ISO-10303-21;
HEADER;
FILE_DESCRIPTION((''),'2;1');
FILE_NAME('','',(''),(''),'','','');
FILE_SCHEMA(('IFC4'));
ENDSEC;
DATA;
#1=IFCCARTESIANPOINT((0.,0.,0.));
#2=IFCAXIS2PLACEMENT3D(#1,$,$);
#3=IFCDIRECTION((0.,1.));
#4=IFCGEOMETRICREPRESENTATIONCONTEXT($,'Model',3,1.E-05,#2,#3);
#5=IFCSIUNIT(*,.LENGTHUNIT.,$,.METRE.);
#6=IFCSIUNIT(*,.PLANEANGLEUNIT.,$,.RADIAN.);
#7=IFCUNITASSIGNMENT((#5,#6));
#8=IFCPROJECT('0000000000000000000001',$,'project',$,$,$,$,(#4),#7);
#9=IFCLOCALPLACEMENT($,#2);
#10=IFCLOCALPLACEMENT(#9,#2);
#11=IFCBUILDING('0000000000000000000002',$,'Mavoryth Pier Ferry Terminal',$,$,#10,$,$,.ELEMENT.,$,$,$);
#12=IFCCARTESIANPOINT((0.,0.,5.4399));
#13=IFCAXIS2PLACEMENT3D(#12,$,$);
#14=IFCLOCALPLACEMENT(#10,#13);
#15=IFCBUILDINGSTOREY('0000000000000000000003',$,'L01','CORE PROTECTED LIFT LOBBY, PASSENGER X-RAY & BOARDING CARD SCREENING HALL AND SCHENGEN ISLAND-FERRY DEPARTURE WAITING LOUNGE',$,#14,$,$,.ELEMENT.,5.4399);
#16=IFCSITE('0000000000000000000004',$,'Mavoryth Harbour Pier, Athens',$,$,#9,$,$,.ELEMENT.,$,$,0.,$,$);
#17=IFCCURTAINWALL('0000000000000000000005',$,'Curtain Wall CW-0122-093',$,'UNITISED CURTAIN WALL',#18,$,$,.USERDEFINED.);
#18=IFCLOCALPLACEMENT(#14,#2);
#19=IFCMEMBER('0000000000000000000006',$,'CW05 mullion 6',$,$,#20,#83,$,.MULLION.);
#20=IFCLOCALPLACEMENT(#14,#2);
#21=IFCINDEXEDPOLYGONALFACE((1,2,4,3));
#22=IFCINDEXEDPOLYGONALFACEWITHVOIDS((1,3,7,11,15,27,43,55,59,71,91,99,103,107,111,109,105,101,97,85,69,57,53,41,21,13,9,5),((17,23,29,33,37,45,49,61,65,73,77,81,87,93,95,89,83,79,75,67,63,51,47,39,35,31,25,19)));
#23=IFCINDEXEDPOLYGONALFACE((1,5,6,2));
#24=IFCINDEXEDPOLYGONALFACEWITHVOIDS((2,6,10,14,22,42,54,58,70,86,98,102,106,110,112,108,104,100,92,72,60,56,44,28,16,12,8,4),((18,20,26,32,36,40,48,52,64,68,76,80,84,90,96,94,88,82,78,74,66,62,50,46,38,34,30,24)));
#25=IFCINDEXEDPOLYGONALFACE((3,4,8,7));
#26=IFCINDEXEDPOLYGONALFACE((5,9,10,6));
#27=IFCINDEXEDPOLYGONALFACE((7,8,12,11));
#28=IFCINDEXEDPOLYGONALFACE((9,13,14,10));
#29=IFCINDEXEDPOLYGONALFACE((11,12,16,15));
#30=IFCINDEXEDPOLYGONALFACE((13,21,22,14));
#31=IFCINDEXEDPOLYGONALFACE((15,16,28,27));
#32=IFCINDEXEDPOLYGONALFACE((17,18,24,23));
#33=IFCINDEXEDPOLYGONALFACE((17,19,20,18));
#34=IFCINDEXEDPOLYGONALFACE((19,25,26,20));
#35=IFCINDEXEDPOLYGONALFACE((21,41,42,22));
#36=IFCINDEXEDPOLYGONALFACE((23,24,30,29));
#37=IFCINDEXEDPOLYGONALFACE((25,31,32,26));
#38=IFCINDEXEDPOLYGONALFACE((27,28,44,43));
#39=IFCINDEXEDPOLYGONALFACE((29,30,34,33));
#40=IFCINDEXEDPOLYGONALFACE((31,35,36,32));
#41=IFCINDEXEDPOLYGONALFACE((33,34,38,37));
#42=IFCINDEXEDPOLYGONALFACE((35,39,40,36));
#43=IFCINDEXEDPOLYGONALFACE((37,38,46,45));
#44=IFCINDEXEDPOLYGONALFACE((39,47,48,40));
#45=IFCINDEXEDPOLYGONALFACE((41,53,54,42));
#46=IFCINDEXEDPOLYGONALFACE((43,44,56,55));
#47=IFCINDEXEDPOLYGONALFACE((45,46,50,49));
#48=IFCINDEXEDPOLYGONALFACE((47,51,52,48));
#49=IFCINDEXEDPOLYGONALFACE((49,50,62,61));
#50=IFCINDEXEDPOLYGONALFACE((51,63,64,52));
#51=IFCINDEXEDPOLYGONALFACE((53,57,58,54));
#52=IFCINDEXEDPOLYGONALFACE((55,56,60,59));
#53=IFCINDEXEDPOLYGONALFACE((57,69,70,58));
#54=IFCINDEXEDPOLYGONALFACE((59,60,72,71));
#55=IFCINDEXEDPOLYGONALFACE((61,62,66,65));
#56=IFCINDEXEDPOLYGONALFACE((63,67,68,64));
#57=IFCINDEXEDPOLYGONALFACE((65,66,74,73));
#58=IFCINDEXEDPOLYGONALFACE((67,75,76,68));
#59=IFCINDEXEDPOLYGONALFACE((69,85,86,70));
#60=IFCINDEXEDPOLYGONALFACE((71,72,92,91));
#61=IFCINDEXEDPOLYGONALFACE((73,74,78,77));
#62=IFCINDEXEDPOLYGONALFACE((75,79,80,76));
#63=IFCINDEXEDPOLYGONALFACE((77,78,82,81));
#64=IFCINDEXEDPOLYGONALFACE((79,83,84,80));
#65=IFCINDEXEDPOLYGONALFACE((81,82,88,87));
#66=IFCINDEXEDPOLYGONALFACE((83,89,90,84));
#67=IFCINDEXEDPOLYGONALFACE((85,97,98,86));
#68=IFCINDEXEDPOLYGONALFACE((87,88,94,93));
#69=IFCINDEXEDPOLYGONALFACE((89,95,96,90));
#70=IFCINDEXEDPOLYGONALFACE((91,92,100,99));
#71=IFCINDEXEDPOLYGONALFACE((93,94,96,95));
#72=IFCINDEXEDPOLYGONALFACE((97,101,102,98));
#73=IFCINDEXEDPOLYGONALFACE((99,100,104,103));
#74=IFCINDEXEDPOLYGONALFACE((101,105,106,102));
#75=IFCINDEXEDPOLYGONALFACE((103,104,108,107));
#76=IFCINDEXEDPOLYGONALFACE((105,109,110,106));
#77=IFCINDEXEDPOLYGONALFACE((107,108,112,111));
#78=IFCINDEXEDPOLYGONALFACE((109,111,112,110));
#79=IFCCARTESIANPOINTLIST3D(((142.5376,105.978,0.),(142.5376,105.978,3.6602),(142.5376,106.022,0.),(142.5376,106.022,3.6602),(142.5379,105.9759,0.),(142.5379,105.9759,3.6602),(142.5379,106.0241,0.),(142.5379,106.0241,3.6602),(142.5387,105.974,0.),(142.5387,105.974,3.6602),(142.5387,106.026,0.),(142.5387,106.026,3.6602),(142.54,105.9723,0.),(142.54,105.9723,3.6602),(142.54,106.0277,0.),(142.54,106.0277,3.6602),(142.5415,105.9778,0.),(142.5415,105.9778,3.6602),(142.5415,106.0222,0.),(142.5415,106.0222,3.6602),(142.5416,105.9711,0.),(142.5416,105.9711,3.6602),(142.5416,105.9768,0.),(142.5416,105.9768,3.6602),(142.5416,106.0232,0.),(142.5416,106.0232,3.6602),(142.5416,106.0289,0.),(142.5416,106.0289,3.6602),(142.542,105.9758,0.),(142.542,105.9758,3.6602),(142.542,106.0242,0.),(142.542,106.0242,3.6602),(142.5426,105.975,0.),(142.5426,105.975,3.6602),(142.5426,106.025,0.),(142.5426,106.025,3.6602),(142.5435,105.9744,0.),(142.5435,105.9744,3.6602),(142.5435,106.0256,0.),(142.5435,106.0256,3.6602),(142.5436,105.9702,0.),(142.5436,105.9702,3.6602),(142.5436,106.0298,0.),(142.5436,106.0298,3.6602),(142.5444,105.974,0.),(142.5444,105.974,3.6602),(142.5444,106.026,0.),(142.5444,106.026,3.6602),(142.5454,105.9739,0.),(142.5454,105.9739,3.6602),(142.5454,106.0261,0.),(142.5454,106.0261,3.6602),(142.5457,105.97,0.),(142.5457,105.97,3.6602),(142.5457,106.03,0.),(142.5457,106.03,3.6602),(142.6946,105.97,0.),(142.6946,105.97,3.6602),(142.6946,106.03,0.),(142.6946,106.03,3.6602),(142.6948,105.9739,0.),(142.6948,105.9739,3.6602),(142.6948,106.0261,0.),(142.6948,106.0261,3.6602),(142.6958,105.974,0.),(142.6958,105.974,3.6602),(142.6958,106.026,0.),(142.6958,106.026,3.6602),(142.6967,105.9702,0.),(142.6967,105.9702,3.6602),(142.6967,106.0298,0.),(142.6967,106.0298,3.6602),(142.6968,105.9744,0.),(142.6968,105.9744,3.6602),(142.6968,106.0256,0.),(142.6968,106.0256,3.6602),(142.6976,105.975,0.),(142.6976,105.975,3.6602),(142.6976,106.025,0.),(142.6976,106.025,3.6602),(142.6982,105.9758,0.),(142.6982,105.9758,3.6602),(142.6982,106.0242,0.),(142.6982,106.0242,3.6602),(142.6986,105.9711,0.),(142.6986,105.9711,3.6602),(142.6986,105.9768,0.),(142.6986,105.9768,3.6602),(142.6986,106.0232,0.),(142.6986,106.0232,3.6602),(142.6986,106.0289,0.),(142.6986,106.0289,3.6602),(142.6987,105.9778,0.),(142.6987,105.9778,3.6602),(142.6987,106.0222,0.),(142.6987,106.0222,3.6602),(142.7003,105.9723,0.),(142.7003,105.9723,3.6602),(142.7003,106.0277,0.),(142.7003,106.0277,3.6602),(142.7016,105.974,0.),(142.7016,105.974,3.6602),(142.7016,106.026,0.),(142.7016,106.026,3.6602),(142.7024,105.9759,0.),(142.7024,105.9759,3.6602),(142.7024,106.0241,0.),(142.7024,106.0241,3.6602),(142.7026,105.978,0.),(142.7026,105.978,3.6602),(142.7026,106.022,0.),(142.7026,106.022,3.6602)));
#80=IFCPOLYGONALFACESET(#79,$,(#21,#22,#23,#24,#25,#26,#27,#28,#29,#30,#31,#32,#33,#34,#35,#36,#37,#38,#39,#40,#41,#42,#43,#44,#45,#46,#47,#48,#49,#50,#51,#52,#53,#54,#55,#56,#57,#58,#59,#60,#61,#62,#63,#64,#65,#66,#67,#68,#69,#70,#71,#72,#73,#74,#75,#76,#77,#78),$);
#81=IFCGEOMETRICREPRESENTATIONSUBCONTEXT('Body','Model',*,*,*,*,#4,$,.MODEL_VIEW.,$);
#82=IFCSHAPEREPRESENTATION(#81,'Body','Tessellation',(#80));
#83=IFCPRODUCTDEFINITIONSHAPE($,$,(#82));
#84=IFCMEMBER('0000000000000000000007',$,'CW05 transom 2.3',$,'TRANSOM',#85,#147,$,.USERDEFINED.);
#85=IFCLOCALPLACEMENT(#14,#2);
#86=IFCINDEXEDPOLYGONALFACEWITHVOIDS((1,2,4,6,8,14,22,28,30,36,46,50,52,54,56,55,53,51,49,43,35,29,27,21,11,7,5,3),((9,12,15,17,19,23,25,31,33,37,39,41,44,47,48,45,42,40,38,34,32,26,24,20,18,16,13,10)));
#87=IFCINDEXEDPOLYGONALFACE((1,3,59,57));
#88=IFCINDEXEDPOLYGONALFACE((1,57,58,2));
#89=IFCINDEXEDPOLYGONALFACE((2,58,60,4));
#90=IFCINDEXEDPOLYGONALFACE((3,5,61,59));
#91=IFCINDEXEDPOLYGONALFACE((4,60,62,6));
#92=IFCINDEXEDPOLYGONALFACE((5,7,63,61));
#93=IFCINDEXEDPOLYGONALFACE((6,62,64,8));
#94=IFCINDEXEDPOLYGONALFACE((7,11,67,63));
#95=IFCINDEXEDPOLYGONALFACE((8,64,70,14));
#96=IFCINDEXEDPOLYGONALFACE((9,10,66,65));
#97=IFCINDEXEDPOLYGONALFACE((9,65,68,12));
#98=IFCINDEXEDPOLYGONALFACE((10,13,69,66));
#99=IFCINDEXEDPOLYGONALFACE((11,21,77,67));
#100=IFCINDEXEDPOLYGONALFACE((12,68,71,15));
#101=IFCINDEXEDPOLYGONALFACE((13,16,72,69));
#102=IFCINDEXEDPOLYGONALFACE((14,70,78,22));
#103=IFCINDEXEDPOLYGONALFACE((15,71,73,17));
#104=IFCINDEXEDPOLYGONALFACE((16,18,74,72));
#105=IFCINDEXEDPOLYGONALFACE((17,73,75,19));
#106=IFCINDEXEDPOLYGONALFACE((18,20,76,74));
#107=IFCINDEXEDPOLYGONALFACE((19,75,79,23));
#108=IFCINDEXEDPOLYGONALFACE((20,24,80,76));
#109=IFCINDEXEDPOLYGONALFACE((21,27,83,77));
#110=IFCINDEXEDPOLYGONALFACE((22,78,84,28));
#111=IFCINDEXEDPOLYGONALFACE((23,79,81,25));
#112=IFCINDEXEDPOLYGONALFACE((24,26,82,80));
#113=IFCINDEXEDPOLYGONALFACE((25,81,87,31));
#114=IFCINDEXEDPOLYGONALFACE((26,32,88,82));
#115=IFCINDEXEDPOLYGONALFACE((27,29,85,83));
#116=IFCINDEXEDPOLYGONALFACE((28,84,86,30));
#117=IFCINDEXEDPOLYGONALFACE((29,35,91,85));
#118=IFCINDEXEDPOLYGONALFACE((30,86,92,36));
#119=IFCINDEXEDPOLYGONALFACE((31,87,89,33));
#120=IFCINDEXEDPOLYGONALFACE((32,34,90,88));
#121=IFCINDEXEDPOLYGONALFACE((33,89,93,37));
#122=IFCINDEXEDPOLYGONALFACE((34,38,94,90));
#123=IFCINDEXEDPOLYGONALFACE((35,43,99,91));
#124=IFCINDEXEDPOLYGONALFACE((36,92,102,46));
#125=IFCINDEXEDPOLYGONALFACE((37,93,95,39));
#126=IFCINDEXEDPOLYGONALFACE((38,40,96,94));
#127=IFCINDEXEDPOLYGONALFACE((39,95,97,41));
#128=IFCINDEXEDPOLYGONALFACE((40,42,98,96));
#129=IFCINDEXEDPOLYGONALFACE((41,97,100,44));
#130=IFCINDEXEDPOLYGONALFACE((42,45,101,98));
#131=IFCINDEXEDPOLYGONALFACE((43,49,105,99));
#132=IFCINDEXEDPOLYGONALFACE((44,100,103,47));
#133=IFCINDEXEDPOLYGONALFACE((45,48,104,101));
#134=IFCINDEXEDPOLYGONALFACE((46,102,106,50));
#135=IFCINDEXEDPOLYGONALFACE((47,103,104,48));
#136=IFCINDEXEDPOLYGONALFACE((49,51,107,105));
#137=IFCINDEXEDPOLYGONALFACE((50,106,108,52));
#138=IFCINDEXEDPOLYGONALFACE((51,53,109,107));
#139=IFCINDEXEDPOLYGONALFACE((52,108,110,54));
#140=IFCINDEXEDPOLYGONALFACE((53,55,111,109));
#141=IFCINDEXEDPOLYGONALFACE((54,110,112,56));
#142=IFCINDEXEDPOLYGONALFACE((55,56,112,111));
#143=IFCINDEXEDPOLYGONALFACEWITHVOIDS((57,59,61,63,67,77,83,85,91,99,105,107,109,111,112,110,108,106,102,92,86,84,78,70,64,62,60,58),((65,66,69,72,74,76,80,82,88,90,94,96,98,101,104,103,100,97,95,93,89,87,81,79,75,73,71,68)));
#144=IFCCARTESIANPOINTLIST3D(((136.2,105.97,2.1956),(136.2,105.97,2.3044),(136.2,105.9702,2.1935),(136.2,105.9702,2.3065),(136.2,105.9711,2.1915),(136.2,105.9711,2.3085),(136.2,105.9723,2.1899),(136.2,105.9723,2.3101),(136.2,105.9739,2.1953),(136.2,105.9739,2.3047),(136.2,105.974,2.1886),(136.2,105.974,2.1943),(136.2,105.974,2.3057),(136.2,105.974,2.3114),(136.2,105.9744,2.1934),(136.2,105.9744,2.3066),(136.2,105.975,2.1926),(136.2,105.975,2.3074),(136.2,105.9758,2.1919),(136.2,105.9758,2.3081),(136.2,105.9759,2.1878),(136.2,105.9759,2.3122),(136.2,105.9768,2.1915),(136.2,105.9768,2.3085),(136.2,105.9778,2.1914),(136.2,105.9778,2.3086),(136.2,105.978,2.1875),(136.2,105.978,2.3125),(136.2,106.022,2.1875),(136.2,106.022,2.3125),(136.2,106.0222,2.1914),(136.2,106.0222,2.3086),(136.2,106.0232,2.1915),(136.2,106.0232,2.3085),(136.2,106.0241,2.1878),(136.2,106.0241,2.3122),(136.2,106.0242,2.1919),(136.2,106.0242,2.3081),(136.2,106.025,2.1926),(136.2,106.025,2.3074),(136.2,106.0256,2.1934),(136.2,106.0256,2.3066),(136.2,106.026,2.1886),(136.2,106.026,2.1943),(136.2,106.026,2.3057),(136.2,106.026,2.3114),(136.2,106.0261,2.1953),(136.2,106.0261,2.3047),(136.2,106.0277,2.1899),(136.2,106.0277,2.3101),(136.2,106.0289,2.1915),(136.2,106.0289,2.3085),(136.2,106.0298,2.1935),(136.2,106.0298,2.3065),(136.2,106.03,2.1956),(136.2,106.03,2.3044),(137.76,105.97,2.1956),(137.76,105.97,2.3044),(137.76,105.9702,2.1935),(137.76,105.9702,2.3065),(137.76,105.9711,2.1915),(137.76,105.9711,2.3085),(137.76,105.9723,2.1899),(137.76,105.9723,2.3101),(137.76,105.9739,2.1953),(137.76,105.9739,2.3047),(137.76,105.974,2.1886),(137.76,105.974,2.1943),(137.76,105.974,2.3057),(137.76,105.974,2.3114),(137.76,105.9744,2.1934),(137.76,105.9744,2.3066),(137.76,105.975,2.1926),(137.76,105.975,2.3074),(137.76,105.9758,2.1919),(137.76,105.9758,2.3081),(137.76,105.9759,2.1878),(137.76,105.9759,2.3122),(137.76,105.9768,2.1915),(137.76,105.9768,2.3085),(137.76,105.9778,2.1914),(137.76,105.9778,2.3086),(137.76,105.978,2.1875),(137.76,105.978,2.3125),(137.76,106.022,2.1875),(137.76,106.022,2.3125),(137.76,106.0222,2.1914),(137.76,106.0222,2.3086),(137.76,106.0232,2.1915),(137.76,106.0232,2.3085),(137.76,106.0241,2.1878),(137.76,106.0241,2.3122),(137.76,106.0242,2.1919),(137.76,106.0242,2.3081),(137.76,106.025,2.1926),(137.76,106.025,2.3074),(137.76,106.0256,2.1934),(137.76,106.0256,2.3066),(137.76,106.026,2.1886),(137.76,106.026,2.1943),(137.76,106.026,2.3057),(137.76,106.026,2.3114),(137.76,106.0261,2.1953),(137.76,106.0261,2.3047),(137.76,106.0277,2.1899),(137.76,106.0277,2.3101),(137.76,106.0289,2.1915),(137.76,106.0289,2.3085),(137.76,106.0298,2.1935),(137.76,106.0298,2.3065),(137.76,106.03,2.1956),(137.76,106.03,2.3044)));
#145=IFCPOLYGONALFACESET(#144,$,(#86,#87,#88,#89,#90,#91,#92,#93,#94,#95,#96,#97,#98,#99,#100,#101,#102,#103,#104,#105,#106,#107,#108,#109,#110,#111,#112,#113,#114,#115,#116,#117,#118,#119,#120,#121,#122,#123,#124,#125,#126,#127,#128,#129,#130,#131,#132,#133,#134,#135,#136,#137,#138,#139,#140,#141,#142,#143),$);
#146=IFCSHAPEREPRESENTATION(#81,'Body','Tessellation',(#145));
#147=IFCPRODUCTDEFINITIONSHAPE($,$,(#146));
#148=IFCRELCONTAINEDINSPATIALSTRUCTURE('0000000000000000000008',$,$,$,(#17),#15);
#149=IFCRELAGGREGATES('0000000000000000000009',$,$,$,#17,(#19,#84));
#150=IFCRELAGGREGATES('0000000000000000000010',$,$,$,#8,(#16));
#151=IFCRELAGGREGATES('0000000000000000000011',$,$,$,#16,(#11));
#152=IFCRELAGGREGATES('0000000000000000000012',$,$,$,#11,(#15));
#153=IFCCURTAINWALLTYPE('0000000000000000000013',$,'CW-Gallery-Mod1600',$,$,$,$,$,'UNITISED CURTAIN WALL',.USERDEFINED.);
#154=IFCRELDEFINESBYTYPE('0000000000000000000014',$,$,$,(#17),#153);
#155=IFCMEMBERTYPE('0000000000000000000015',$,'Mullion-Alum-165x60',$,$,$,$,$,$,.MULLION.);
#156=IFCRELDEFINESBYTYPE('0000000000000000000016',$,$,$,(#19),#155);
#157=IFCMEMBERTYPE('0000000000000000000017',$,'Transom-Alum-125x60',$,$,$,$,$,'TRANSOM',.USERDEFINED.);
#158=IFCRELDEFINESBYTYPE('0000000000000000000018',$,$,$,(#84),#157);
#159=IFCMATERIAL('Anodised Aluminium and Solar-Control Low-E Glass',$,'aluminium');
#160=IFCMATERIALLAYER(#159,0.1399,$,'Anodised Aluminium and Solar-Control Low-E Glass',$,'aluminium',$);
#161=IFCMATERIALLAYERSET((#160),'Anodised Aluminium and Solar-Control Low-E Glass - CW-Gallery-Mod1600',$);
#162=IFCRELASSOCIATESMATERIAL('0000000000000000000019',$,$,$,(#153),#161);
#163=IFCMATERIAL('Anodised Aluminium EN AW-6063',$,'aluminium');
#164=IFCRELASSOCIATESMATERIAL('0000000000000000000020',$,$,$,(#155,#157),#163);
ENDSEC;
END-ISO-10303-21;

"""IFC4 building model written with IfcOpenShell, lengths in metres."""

from ifc_helpers import new_model, si_unit, direction, frame, origin, origin_2d, place, context, subcontext, project, spatial, hollow_rectangle, extrude, material, layer, layer_set, material_profile, profile_set, type_object, element, aggregate, save


model = new_model("IFC4")

# Units and contexts
model_context = context("Model", 3, precision=1e-05, world=origin(), true_north=direction((0.0, 1.0)))
body_context = subcontext(model_context, "Body", "Model", "MODEL_VIEW")
ifc_project = project(units=[si_unit("LENGTHUNIT", "METRE"), si_unit("PLANEANGLEUNIT", "RADIAN")], contexts=[model_context])

# Site, building, storey
site_placement = place(None, origin())
site = spatial("IfcSite", under=ifc_project, at=site_placement, Name="Mavoryth Harbour Pier, Athens", CompositionType="ELEMENT", RefElevation=0.0)
building_placement = place(site_placement, origin())
building = spatial("IfcBuilding", under=site, at=building_placement, Name="Mavoryth Pier Ferry Terminal", CompositionType="ELEMENT")
storey_placement = place(building_placement, frame((0.0, 0.0, 5.4399)))
storey = spatial("IfcBuildingStorey", under=building, at=storey_placement, Name="L01", Description="CORE PROTECTED LIFT LOBBY, PASSENGER X-RAY & BOARDING CARD SCREENING HALL AND SCHENGEN ISLAND-FERRY DEPARTURE WAITING LOUNGE", CompositionType="ELEMENT", Elevation=5.4399)

# Curtain wall, members
ifc_material_1 = material(Name="Anodised Aluminium and Solar-Control Low-E Glass", Category="aluminium")
ifc_layer_1 = layer(ifc_material_1, 0.1399, Name="Anodised Aluminium and Solar-Control Low-E Glass", Category="aluminium")
ifc_layer_set_1 = layer_set([ifc_layer_1], Name="Anodised Aluminium and Solar-Control Low-E Glass - CW-Gallery-Mod1600")
curtain_wall_type = type_object("IfcCurtainWallType", Name="CW-Gallery-Mod1600", ElementType="UNITISED CURTAIN WALL", PredefinedType="USERDEFINED", material=ifc_layer_set_1)
curtain_wall_1_placement = place(storey_placement, origin())
curtain_wall_1 = element("IfcCurtainWall", 1, at=curtain_wall_1_placement, inside=storey, type_object=curtain_wall_type, Name="Curtain Wall CW-0122-093", ObjectType="UNITISED CURTAIN WALL", PredefinedType="USERDEFINED")
ifc_material_2 = material(Name="Anodised Aluminium EN AW-6063", Category="aluminium")
ifc_material_profile_1 = material_profile(ifc_material_2, hollow_rectangle(XDim=0.0601, YDim=0.165, WallThickness=0.0039, InnerFilletRadius=0.0039, OuterFilletRadius=0.0081, at=origin_2d()), Name="AL-MULL 165x60x4", Category="aluminium")
ifc_profile_set_1 = profile_set([ifc_material_profile_1], Name="Anodised Aluminium EN AW-6063 - AL-MULL 165x60x4")
member_type_1 = type_object("IfcMemberType", Name="Mullion-Alum-165x60", PredefinedType="MULLION", material=ifc_profile_set_1)
member_1_placement = place(storey_placement, frame((142.6201, 106.0, 0.0), z_axis=(0.0, 0.0, 1.0), x_axis=(0.0, 1.0, 0.0)))
member_1 = element("IfcMember", 2, at=member_1_placement, type_object=member_type_1, Name="CW05 mullion 6", PredefinedType="MULLION", context=body_context, shape_type="SweptSolid", body=[
    extrude(hollow_rectangle(XDim=0.0601, YDim=0.165, WallThickness=0.0039, InnerFilletRadius=0.0039, OuterFilletRadius=0.0081, at=origin_2d()), origin(), (0.0, 0.0, 1.0), 3.6602),
])
ifc_material_profile_2 = material_profile(ifc_material_2, hollow_rectangle(XDim=0.0601, YDim=0.125, WallThickness=0.0039, InnerFilletRadius=0.0039, OuterFilletRadius=0.0081, at=origin_2d()), Name="AL-TRAN 125x60x4", Category="aluminium")
ifc_profile_set_2 = profile_set([ifc_material_profile_2], Name="Anodised Aluminium EN AW-6063 - AL-TRAN 125x60x4")
member_type_2 = type_object("IfcMemberType", Name="Transom-Alum-125x60", ElementType="TRANSOM", PredefinedType="USERDEFINED", material=ifc_profile_set_2)
member_2_placement = place(storey_placement, frame((136.2, 106.0, 2.25), z_axis=(1.0, 0.0, 0.0), x_axis=(0.0, 1.0, 0.0)))
member_2 = element("IfcMember", 3, at=member_2_placement, type_object=member_type_2, Name="CW05 transom 2.3", ObjectType="TRANSOM", PredefinedType="USERDEFINED", context=body_context, shape_type="SweptSolid", body=[
    extrude(hollow_rectangle(XDim=0.0601, YDim=0.125, WallThickness=0.0039, InnerFilletRadius=0.0039, OuterFilletRadius=0.0081, at=origin_2d()), origin(), (0.0, 0.0, 1.0), 1.5601),
])

aggregate(curtain_wall_1, [member_1, member_2])

save(model, "model.ifc")
